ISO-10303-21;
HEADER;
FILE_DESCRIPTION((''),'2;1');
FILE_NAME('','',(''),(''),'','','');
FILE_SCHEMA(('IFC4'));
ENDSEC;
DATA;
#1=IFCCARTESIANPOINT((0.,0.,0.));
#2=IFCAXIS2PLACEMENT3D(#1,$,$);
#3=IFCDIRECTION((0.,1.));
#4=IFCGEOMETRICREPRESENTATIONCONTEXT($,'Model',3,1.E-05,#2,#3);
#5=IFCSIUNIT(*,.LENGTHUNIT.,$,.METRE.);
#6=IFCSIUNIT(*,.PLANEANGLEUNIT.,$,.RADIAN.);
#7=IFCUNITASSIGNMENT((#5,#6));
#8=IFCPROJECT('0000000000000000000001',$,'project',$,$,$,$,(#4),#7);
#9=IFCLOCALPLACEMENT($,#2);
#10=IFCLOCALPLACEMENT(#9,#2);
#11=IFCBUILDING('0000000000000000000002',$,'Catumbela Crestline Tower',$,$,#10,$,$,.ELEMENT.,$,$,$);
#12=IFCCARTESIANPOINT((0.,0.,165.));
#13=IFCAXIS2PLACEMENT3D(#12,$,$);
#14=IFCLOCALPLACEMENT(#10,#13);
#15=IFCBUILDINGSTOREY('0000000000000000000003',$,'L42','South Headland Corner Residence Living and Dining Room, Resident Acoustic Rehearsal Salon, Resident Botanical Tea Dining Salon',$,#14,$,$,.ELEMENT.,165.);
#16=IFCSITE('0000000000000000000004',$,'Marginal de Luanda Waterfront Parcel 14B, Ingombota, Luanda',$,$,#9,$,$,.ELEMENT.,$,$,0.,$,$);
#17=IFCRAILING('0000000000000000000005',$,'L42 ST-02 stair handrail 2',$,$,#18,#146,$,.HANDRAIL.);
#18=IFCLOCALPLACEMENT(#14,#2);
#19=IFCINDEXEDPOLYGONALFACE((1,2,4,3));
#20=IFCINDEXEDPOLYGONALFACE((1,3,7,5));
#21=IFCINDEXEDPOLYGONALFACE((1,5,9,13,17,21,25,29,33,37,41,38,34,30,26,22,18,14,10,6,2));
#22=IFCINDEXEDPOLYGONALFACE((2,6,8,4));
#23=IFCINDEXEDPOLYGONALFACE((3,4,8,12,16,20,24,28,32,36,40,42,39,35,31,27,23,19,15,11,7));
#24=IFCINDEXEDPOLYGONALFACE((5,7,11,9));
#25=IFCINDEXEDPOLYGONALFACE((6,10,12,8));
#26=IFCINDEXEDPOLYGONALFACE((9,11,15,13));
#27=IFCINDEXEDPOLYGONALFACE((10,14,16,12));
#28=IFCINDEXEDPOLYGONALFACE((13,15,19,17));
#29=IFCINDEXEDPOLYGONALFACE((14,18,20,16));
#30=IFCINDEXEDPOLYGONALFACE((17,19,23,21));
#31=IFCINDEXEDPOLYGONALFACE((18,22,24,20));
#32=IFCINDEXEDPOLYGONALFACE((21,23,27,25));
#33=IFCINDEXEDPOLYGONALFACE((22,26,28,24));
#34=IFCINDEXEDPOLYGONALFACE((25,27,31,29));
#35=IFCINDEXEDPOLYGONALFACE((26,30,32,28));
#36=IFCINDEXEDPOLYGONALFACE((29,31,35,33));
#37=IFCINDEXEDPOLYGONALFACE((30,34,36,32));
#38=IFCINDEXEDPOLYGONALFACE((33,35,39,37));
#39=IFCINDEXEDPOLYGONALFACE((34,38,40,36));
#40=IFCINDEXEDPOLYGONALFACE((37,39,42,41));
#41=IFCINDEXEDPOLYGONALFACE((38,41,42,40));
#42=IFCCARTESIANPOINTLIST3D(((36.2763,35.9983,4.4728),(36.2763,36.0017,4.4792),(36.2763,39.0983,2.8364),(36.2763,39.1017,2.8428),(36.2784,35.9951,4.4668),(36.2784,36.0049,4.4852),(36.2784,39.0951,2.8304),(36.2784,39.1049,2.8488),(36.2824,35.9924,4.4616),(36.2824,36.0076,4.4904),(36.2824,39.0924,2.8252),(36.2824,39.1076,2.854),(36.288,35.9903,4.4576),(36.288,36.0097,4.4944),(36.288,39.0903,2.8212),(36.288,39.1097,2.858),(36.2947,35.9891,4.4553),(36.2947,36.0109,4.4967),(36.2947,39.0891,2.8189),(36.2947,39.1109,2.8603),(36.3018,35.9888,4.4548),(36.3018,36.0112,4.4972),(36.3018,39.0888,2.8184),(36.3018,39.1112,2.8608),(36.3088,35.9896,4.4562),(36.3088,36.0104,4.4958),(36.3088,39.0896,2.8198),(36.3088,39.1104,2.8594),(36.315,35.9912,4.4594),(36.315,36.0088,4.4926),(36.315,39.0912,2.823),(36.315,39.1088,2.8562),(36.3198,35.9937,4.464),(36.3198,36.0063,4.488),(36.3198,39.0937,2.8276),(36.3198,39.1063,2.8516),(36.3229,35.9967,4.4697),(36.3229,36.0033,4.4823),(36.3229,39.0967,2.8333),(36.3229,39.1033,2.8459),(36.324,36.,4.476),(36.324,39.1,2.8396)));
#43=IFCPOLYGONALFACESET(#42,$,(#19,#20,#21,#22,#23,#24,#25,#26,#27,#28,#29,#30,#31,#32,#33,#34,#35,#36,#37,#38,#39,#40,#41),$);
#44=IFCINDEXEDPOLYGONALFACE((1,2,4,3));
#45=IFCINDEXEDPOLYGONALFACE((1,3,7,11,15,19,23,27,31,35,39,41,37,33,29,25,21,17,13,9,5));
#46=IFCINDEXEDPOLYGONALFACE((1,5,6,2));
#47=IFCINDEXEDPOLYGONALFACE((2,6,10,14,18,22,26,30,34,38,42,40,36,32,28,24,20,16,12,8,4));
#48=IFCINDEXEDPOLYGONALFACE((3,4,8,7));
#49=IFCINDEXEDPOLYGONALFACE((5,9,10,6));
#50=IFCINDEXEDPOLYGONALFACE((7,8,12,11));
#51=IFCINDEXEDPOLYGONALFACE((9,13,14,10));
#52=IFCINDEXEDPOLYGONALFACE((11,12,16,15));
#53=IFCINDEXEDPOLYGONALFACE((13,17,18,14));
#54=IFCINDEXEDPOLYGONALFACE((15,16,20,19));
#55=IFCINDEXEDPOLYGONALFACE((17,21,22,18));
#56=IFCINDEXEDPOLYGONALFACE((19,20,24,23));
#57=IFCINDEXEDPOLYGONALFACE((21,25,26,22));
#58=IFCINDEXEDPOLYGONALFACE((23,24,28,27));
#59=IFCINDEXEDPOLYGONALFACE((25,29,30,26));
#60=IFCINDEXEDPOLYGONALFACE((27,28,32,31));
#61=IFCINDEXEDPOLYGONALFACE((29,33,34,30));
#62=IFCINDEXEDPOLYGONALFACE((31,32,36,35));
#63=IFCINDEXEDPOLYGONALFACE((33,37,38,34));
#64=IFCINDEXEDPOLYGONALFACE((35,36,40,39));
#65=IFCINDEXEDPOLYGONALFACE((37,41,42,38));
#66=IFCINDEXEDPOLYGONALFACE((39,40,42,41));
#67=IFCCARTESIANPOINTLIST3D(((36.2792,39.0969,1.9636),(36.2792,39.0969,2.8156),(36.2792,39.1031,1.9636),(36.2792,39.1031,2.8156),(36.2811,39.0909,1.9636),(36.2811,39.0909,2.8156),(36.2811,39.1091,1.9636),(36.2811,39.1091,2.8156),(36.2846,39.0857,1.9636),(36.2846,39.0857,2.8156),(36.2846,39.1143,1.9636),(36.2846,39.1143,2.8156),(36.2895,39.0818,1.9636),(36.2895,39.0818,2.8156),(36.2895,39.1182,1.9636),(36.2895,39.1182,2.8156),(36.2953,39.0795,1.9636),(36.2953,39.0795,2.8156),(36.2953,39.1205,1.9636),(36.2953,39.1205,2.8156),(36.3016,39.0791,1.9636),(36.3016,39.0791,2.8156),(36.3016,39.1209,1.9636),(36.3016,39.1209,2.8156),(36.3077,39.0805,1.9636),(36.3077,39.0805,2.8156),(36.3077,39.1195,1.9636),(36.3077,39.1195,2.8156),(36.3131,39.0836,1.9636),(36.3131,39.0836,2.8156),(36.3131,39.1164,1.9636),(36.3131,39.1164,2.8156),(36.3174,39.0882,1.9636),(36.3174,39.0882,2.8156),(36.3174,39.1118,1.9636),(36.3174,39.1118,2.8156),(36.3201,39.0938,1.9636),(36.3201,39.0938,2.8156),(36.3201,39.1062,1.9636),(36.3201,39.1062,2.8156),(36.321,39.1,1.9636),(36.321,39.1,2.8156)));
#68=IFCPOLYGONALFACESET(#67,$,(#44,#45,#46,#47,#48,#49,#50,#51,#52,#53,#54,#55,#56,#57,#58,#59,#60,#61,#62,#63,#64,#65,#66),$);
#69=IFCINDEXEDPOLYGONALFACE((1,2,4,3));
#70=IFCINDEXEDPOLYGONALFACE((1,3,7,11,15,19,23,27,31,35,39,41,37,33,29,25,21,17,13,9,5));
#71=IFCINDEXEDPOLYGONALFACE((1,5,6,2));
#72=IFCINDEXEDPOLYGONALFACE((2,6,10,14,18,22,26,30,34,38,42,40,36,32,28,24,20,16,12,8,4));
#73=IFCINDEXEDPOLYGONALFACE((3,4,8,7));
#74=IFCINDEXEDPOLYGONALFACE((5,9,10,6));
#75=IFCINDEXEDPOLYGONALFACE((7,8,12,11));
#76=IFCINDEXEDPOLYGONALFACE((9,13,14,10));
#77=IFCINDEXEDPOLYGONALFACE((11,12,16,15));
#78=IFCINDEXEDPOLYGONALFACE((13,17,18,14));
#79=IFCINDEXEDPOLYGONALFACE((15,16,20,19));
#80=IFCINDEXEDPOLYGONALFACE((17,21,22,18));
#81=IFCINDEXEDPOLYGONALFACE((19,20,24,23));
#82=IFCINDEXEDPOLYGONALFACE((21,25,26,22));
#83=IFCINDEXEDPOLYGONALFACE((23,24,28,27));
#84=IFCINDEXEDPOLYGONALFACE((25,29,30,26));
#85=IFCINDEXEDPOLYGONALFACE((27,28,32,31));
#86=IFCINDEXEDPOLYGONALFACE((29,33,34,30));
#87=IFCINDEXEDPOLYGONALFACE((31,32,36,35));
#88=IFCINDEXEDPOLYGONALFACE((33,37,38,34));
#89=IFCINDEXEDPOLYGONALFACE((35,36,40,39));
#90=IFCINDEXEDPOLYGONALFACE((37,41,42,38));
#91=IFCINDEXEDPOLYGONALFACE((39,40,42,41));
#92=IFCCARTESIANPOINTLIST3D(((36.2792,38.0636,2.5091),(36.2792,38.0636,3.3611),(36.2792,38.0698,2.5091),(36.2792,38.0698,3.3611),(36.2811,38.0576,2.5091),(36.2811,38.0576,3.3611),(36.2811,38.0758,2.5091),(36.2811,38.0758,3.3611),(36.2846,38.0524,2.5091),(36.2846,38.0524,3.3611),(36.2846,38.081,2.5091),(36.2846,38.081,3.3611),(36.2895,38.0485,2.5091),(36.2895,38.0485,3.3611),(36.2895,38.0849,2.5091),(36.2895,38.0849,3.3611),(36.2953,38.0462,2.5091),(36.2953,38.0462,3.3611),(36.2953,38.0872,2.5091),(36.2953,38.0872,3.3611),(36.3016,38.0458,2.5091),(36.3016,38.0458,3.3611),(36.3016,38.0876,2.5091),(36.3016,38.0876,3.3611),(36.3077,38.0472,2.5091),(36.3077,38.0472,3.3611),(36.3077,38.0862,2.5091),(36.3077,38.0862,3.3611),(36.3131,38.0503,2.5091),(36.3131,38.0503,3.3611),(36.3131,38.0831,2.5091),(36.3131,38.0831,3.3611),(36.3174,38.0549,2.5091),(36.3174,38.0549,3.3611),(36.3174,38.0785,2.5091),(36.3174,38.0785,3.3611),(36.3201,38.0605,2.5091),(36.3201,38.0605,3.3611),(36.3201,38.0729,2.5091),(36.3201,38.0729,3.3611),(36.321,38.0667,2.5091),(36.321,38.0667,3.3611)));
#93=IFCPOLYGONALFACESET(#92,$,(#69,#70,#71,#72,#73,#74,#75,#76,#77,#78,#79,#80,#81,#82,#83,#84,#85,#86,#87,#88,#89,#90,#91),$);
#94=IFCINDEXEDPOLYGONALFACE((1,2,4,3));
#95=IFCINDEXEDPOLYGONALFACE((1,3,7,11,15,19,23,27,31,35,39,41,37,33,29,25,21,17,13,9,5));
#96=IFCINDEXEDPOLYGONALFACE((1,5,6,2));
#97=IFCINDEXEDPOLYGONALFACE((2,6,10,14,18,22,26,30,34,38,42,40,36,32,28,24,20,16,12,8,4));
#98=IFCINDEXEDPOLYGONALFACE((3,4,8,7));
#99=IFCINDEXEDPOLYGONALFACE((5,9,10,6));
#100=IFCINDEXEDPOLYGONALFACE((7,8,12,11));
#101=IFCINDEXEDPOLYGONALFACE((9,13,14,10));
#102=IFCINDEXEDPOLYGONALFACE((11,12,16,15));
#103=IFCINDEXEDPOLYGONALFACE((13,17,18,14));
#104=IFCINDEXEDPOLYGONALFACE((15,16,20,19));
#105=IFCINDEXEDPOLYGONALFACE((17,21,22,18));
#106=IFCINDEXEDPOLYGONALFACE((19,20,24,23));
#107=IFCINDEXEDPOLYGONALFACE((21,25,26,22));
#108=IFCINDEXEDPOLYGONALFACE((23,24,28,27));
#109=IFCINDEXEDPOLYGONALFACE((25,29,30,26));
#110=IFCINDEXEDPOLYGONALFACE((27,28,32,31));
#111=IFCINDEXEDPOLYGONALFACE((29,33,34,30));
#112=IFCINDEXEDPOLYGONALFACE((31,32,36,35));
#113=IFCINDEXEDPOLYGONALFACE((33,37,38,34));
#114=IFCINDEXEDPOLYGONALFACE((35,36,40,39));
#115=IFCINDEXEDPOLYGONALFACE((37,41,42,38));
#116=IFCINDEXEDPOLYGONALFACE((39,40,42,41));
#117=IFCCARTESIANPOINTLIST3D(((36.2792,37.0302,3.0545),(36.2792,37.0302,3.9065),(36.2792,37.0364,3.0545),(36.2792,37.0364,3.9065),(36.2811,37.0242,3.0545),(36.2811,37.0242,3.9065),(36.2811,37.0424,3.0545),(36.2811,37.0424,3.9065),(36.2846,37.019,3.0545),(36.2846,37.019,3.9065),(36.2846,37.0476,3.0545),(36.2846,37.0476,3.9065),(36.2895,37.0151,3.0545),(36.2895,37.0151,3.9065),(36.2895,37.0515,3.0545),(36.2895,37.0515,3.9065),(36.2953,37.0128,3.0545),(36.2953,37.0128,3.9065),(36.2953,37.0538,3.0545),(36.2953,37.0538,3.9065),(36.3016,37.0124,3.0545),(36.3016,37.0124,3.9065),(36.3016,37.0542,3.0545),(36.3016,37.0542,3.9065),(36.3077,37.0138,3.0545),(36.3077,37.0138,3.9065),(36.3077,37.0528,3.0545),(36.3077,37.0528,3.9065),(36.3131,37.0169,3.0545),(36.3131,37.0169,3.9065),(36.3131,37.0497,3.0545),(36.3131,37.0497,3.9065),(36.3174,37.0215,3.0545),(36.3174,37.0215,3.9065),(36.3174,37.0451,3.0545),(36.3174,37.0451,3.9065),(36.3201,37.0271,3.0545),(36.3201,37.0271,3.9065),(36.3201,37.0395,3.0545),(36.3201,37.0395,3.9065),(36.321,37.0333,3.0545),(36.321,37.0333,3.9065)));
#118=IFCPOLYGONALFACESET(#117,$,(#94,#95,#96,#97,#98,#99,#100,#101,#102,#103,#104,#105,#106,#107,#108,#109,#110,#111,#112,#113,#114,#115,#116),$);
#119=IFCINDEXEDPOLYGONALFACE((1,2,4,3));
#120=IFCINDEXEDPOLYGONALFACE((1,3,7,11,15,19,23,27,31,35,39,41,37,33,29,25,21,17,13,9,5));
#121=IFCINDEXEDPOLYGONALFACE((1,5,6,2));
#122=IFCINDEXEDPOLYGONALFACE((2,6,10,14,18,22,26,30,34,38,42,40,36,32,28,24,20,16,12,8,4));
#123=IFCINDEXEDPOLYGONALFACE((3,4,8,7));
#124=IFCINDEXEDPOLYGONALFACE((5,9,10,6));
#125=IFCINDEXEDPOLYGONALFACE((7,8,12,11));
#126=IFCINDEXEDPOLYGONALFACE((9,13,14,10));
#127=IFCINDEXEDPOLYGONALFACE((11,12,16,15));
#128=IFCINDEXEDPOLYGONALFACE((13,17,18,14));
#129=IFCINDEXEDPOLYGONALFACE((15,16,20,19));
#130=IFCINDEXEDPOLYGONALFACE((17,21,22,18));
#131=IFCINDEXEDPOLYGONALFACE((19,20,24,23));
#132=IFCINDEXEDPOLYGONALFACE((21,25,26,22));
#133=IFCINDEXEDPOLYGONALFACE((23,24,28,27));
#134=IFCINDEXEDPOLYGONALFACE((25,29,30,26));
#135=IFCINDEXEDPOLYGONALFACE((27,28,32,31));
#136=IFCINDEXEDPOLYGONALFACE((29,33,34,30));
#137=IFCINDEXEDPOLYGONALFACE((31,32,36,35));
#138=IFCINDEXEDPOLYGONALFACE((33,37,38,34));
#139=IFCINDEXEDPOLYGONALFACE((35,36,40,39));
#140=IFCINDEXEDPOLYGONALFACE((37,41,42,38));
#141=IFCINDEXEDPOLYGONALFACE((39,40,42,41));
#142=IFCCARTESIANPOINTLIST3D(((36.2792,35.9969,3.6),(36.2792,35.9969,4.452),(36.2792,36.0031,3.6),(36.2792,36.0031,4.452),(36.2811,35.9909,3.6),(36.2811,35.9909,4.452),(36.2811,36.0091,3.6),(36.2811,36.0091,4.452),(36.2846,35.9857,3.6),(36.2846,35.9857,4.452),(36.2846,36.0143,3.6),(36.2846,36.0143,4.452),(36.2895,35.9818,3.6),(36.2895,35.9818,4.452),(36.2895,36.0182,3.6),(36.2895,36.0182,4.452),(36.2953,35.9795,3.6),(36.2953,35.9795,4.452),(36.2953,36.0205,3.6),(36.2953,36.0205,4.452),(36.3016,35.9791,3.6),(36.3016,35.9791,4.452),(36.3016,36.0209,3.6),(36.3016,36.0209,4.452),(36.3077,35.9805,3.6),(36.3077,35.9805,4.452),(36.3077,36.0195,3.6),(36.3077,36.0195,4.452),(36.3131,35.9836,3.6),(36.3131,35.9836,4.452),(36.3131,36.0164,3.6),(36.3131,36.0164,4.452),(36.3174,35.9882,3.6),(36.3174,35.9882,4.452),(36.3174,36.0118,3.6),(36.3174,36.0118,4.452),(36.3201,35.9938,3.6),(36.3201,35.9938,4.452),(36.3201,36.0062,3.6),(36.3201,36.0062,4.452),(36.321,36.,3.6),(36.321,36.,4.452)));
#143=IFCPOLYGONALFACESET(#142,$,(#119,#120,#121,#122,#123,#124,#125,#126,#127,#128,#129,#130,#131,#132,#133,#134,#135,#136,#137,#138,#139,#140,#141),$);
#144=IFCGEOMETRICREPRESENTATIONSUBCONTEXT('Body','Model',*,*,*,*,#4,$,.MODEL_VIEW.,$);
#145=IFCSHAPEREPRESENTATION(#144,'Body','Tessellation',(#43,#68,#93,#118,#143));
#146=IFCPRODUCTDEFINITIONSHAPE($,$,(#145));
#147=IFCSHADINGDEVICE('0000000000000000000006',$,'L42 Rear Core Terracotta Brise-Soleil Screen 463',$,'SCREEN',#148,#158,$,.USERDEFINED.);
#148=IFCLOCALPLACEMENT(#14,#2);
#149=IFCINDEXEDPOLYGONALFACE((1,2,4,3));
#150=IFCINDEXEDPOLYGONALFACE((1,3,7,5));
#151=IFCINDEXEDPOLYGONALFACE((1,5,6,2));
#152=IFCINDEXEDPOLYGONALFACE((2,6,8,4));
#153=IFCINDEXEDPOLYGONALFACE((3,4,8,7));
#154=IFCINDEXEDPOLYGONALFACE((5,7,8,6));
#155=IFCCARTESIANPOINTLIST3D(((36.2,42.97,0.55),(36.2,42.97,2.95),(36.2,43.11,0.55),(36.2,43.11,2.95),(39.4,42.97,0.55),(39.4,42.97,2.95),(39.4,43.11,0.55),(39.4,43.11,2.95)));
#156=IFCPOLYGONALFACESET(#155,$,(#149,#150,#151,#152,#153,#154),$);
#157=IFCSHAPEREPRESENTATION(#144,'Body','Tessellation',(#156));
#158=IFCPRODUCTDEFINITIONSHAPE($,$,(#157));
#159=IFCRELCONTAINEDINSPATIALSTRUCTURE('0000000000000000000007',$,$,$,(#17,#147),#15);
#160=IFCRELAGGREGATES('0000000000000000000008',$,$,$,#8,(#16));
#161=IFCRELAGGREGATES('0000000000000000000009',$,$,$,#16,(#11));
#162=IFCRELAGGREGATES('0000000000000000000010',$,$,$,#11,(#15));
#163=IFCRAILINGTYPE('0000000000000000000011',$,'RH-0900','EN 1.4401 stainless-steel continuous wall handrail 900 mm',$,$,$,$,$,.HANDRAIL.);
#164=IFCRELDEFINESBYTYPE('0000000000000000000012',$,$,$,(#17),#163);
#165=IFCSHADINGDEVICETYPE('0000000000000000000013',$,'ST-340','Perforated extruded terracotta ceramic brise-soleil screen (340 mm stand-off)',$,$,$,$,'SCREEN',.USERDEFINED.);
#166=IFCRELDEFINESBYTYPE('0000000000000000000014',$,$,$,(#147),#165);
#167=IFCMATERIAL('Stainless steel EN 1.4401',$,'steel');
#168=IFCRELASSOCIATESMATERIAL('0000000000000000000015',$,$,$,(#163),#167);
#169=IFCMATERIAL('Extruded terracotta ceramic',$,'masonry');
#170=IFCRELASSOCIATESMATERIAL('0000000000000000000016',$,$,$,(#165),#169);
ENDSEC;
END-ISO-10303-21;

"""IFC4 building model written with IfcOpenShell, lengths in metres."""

from ifc_helpers import new_model, si_unit, direction, frame, origin, origin_2d, place, context, subcontext, project, spatial, rectangle, circle, extrude, material, type_object, element, save


model = new_model("IFC4")

# Units and contexts
model_context = context("Model", 3, precision=1e-05, world=origin(), true_north=direction((0.0, 1.0)))
body_context = subcontext(model_context, "Body", "Model", "MODEL_VIEW")
ifc_project = project(units=[si_unit("LENGTHUNIT", "METRE"), si_unit("PLANEANGLEUNIT", "RADIAN")], contexts=[model_context])

# Site, building, storey
site_placement = place(None, origin())
site = spatial("IfcSite", under=ifc_project, at=site_placement, Name="Marginal de Luanda Waterfront Parcel 14B, Ingombota, Luanda", CompositionType="ELEMENT", RefElevation=0.0)
building_placement = place(site_placement, origin())
building = spatial("IfcBuilding", under=site, at=building_placement, Name="Catumbela Crestline Tower", CompositionType="ELEMENT")
storey_placement = place(building_placement, frame((0.0, 0.0, 165.0)))
storey = spatial("IfcBuildingStorey", under=building, at=storey_placement, Name="L42", Description="South Headland Corner Residence Living and Dining Room, Resident Acoustic Rehearsal Salon, Resident Botanical Tea Dining Salon", CompositionType="ELEMENT", Elevation=165.0)

# Shared definitions
ifc_material_1 = material(Name="Stainless steel EN 1.4401", Category="steel")

# Railing
railing_type_1 = type_object("IfcRailingType", Name="RH-0900", Description="EN 1.4401 stainless-steel continuous wall handrail 900 mm", PredefinedType="HANDRAIL", material=ifc_material_1)
railing_1_placement = place(storey_placement, frame((36.3, 39.1, 1.9636)))
element("IfcRailing", 1, at=railing_1_placement, inside=storey, type_object=railing_type_1, Name="L42 ST-02 stair handrail 2", PredefinedType="HANDRAIL", context=body_context, shape_type="SweptSolid", body=[
    extrude(circle(Radius=0.024, at=origin_2d()), frame((0.0, 0.0, 0.876), z_axis=(0.0, -0.884351, 0.466823), x_axis=(1.0, 0.0, 0.0)), (0.0, 0.0, 1.0), 3.5054),
    extrude(circle(Radius=0.021, at=origin_2d()), origin(), (0.0, 0.0, 1.0), 0.852),
    extrude(circle(Radius=0.021, at=origin_2d()), frame((0.0, -1.0333, 0.5455)), (0.0, 0.0, 1.0), 0.852),
    extrude(circle(Radius=0.021, at=origin_2d()), frame((0.0, -2.0667, 1.0909)), (0.0, 0.0, 1.0), 0.852),
    extrude(circle(Radius=0.021, at=origin_2d()), frame((0.0, -3.1, 1.6364)), (0.0, 0.0, 1.0), 0.852),
])

# Shading device
ifc_material_2 = material(Name="Extruded terracotta ceramic", Category="masonry")
shading_device_type = type_object("IfcShadingDeviceType", Name="ST-340", Description="Perforated extruded terracotta ceramic brise-soleil screen (340 mm stand-off)", ElementType="SCREEN", PredefinedType="USERDEFINED", material=ifc_material_2)
shading_device_placement = place(storey_placement, frame((37.8, 43.04, 0.55), z_axis=(0.0, 0.0, 1.0), x_axis=(1.0, 0.0, 0.0)))
element("IfcShadingDevice", 2, at=shading_device_placement, inside=storey, type_object=shading_device_type, Name="L42 Rear Core Terracotta Brise-Soleil Screen 463", ObjectType="SCREEN", PredefinedType="USERDEFINED", context=body_context, shape_type="SweptSolid", body=[
    extrude(rectangle(XDim=3.2, YDim=0.14, at=origin_2d()), origin(), (0.0, 0.0, 1.0), 2.4),
])

save(model, "model.ifc")
